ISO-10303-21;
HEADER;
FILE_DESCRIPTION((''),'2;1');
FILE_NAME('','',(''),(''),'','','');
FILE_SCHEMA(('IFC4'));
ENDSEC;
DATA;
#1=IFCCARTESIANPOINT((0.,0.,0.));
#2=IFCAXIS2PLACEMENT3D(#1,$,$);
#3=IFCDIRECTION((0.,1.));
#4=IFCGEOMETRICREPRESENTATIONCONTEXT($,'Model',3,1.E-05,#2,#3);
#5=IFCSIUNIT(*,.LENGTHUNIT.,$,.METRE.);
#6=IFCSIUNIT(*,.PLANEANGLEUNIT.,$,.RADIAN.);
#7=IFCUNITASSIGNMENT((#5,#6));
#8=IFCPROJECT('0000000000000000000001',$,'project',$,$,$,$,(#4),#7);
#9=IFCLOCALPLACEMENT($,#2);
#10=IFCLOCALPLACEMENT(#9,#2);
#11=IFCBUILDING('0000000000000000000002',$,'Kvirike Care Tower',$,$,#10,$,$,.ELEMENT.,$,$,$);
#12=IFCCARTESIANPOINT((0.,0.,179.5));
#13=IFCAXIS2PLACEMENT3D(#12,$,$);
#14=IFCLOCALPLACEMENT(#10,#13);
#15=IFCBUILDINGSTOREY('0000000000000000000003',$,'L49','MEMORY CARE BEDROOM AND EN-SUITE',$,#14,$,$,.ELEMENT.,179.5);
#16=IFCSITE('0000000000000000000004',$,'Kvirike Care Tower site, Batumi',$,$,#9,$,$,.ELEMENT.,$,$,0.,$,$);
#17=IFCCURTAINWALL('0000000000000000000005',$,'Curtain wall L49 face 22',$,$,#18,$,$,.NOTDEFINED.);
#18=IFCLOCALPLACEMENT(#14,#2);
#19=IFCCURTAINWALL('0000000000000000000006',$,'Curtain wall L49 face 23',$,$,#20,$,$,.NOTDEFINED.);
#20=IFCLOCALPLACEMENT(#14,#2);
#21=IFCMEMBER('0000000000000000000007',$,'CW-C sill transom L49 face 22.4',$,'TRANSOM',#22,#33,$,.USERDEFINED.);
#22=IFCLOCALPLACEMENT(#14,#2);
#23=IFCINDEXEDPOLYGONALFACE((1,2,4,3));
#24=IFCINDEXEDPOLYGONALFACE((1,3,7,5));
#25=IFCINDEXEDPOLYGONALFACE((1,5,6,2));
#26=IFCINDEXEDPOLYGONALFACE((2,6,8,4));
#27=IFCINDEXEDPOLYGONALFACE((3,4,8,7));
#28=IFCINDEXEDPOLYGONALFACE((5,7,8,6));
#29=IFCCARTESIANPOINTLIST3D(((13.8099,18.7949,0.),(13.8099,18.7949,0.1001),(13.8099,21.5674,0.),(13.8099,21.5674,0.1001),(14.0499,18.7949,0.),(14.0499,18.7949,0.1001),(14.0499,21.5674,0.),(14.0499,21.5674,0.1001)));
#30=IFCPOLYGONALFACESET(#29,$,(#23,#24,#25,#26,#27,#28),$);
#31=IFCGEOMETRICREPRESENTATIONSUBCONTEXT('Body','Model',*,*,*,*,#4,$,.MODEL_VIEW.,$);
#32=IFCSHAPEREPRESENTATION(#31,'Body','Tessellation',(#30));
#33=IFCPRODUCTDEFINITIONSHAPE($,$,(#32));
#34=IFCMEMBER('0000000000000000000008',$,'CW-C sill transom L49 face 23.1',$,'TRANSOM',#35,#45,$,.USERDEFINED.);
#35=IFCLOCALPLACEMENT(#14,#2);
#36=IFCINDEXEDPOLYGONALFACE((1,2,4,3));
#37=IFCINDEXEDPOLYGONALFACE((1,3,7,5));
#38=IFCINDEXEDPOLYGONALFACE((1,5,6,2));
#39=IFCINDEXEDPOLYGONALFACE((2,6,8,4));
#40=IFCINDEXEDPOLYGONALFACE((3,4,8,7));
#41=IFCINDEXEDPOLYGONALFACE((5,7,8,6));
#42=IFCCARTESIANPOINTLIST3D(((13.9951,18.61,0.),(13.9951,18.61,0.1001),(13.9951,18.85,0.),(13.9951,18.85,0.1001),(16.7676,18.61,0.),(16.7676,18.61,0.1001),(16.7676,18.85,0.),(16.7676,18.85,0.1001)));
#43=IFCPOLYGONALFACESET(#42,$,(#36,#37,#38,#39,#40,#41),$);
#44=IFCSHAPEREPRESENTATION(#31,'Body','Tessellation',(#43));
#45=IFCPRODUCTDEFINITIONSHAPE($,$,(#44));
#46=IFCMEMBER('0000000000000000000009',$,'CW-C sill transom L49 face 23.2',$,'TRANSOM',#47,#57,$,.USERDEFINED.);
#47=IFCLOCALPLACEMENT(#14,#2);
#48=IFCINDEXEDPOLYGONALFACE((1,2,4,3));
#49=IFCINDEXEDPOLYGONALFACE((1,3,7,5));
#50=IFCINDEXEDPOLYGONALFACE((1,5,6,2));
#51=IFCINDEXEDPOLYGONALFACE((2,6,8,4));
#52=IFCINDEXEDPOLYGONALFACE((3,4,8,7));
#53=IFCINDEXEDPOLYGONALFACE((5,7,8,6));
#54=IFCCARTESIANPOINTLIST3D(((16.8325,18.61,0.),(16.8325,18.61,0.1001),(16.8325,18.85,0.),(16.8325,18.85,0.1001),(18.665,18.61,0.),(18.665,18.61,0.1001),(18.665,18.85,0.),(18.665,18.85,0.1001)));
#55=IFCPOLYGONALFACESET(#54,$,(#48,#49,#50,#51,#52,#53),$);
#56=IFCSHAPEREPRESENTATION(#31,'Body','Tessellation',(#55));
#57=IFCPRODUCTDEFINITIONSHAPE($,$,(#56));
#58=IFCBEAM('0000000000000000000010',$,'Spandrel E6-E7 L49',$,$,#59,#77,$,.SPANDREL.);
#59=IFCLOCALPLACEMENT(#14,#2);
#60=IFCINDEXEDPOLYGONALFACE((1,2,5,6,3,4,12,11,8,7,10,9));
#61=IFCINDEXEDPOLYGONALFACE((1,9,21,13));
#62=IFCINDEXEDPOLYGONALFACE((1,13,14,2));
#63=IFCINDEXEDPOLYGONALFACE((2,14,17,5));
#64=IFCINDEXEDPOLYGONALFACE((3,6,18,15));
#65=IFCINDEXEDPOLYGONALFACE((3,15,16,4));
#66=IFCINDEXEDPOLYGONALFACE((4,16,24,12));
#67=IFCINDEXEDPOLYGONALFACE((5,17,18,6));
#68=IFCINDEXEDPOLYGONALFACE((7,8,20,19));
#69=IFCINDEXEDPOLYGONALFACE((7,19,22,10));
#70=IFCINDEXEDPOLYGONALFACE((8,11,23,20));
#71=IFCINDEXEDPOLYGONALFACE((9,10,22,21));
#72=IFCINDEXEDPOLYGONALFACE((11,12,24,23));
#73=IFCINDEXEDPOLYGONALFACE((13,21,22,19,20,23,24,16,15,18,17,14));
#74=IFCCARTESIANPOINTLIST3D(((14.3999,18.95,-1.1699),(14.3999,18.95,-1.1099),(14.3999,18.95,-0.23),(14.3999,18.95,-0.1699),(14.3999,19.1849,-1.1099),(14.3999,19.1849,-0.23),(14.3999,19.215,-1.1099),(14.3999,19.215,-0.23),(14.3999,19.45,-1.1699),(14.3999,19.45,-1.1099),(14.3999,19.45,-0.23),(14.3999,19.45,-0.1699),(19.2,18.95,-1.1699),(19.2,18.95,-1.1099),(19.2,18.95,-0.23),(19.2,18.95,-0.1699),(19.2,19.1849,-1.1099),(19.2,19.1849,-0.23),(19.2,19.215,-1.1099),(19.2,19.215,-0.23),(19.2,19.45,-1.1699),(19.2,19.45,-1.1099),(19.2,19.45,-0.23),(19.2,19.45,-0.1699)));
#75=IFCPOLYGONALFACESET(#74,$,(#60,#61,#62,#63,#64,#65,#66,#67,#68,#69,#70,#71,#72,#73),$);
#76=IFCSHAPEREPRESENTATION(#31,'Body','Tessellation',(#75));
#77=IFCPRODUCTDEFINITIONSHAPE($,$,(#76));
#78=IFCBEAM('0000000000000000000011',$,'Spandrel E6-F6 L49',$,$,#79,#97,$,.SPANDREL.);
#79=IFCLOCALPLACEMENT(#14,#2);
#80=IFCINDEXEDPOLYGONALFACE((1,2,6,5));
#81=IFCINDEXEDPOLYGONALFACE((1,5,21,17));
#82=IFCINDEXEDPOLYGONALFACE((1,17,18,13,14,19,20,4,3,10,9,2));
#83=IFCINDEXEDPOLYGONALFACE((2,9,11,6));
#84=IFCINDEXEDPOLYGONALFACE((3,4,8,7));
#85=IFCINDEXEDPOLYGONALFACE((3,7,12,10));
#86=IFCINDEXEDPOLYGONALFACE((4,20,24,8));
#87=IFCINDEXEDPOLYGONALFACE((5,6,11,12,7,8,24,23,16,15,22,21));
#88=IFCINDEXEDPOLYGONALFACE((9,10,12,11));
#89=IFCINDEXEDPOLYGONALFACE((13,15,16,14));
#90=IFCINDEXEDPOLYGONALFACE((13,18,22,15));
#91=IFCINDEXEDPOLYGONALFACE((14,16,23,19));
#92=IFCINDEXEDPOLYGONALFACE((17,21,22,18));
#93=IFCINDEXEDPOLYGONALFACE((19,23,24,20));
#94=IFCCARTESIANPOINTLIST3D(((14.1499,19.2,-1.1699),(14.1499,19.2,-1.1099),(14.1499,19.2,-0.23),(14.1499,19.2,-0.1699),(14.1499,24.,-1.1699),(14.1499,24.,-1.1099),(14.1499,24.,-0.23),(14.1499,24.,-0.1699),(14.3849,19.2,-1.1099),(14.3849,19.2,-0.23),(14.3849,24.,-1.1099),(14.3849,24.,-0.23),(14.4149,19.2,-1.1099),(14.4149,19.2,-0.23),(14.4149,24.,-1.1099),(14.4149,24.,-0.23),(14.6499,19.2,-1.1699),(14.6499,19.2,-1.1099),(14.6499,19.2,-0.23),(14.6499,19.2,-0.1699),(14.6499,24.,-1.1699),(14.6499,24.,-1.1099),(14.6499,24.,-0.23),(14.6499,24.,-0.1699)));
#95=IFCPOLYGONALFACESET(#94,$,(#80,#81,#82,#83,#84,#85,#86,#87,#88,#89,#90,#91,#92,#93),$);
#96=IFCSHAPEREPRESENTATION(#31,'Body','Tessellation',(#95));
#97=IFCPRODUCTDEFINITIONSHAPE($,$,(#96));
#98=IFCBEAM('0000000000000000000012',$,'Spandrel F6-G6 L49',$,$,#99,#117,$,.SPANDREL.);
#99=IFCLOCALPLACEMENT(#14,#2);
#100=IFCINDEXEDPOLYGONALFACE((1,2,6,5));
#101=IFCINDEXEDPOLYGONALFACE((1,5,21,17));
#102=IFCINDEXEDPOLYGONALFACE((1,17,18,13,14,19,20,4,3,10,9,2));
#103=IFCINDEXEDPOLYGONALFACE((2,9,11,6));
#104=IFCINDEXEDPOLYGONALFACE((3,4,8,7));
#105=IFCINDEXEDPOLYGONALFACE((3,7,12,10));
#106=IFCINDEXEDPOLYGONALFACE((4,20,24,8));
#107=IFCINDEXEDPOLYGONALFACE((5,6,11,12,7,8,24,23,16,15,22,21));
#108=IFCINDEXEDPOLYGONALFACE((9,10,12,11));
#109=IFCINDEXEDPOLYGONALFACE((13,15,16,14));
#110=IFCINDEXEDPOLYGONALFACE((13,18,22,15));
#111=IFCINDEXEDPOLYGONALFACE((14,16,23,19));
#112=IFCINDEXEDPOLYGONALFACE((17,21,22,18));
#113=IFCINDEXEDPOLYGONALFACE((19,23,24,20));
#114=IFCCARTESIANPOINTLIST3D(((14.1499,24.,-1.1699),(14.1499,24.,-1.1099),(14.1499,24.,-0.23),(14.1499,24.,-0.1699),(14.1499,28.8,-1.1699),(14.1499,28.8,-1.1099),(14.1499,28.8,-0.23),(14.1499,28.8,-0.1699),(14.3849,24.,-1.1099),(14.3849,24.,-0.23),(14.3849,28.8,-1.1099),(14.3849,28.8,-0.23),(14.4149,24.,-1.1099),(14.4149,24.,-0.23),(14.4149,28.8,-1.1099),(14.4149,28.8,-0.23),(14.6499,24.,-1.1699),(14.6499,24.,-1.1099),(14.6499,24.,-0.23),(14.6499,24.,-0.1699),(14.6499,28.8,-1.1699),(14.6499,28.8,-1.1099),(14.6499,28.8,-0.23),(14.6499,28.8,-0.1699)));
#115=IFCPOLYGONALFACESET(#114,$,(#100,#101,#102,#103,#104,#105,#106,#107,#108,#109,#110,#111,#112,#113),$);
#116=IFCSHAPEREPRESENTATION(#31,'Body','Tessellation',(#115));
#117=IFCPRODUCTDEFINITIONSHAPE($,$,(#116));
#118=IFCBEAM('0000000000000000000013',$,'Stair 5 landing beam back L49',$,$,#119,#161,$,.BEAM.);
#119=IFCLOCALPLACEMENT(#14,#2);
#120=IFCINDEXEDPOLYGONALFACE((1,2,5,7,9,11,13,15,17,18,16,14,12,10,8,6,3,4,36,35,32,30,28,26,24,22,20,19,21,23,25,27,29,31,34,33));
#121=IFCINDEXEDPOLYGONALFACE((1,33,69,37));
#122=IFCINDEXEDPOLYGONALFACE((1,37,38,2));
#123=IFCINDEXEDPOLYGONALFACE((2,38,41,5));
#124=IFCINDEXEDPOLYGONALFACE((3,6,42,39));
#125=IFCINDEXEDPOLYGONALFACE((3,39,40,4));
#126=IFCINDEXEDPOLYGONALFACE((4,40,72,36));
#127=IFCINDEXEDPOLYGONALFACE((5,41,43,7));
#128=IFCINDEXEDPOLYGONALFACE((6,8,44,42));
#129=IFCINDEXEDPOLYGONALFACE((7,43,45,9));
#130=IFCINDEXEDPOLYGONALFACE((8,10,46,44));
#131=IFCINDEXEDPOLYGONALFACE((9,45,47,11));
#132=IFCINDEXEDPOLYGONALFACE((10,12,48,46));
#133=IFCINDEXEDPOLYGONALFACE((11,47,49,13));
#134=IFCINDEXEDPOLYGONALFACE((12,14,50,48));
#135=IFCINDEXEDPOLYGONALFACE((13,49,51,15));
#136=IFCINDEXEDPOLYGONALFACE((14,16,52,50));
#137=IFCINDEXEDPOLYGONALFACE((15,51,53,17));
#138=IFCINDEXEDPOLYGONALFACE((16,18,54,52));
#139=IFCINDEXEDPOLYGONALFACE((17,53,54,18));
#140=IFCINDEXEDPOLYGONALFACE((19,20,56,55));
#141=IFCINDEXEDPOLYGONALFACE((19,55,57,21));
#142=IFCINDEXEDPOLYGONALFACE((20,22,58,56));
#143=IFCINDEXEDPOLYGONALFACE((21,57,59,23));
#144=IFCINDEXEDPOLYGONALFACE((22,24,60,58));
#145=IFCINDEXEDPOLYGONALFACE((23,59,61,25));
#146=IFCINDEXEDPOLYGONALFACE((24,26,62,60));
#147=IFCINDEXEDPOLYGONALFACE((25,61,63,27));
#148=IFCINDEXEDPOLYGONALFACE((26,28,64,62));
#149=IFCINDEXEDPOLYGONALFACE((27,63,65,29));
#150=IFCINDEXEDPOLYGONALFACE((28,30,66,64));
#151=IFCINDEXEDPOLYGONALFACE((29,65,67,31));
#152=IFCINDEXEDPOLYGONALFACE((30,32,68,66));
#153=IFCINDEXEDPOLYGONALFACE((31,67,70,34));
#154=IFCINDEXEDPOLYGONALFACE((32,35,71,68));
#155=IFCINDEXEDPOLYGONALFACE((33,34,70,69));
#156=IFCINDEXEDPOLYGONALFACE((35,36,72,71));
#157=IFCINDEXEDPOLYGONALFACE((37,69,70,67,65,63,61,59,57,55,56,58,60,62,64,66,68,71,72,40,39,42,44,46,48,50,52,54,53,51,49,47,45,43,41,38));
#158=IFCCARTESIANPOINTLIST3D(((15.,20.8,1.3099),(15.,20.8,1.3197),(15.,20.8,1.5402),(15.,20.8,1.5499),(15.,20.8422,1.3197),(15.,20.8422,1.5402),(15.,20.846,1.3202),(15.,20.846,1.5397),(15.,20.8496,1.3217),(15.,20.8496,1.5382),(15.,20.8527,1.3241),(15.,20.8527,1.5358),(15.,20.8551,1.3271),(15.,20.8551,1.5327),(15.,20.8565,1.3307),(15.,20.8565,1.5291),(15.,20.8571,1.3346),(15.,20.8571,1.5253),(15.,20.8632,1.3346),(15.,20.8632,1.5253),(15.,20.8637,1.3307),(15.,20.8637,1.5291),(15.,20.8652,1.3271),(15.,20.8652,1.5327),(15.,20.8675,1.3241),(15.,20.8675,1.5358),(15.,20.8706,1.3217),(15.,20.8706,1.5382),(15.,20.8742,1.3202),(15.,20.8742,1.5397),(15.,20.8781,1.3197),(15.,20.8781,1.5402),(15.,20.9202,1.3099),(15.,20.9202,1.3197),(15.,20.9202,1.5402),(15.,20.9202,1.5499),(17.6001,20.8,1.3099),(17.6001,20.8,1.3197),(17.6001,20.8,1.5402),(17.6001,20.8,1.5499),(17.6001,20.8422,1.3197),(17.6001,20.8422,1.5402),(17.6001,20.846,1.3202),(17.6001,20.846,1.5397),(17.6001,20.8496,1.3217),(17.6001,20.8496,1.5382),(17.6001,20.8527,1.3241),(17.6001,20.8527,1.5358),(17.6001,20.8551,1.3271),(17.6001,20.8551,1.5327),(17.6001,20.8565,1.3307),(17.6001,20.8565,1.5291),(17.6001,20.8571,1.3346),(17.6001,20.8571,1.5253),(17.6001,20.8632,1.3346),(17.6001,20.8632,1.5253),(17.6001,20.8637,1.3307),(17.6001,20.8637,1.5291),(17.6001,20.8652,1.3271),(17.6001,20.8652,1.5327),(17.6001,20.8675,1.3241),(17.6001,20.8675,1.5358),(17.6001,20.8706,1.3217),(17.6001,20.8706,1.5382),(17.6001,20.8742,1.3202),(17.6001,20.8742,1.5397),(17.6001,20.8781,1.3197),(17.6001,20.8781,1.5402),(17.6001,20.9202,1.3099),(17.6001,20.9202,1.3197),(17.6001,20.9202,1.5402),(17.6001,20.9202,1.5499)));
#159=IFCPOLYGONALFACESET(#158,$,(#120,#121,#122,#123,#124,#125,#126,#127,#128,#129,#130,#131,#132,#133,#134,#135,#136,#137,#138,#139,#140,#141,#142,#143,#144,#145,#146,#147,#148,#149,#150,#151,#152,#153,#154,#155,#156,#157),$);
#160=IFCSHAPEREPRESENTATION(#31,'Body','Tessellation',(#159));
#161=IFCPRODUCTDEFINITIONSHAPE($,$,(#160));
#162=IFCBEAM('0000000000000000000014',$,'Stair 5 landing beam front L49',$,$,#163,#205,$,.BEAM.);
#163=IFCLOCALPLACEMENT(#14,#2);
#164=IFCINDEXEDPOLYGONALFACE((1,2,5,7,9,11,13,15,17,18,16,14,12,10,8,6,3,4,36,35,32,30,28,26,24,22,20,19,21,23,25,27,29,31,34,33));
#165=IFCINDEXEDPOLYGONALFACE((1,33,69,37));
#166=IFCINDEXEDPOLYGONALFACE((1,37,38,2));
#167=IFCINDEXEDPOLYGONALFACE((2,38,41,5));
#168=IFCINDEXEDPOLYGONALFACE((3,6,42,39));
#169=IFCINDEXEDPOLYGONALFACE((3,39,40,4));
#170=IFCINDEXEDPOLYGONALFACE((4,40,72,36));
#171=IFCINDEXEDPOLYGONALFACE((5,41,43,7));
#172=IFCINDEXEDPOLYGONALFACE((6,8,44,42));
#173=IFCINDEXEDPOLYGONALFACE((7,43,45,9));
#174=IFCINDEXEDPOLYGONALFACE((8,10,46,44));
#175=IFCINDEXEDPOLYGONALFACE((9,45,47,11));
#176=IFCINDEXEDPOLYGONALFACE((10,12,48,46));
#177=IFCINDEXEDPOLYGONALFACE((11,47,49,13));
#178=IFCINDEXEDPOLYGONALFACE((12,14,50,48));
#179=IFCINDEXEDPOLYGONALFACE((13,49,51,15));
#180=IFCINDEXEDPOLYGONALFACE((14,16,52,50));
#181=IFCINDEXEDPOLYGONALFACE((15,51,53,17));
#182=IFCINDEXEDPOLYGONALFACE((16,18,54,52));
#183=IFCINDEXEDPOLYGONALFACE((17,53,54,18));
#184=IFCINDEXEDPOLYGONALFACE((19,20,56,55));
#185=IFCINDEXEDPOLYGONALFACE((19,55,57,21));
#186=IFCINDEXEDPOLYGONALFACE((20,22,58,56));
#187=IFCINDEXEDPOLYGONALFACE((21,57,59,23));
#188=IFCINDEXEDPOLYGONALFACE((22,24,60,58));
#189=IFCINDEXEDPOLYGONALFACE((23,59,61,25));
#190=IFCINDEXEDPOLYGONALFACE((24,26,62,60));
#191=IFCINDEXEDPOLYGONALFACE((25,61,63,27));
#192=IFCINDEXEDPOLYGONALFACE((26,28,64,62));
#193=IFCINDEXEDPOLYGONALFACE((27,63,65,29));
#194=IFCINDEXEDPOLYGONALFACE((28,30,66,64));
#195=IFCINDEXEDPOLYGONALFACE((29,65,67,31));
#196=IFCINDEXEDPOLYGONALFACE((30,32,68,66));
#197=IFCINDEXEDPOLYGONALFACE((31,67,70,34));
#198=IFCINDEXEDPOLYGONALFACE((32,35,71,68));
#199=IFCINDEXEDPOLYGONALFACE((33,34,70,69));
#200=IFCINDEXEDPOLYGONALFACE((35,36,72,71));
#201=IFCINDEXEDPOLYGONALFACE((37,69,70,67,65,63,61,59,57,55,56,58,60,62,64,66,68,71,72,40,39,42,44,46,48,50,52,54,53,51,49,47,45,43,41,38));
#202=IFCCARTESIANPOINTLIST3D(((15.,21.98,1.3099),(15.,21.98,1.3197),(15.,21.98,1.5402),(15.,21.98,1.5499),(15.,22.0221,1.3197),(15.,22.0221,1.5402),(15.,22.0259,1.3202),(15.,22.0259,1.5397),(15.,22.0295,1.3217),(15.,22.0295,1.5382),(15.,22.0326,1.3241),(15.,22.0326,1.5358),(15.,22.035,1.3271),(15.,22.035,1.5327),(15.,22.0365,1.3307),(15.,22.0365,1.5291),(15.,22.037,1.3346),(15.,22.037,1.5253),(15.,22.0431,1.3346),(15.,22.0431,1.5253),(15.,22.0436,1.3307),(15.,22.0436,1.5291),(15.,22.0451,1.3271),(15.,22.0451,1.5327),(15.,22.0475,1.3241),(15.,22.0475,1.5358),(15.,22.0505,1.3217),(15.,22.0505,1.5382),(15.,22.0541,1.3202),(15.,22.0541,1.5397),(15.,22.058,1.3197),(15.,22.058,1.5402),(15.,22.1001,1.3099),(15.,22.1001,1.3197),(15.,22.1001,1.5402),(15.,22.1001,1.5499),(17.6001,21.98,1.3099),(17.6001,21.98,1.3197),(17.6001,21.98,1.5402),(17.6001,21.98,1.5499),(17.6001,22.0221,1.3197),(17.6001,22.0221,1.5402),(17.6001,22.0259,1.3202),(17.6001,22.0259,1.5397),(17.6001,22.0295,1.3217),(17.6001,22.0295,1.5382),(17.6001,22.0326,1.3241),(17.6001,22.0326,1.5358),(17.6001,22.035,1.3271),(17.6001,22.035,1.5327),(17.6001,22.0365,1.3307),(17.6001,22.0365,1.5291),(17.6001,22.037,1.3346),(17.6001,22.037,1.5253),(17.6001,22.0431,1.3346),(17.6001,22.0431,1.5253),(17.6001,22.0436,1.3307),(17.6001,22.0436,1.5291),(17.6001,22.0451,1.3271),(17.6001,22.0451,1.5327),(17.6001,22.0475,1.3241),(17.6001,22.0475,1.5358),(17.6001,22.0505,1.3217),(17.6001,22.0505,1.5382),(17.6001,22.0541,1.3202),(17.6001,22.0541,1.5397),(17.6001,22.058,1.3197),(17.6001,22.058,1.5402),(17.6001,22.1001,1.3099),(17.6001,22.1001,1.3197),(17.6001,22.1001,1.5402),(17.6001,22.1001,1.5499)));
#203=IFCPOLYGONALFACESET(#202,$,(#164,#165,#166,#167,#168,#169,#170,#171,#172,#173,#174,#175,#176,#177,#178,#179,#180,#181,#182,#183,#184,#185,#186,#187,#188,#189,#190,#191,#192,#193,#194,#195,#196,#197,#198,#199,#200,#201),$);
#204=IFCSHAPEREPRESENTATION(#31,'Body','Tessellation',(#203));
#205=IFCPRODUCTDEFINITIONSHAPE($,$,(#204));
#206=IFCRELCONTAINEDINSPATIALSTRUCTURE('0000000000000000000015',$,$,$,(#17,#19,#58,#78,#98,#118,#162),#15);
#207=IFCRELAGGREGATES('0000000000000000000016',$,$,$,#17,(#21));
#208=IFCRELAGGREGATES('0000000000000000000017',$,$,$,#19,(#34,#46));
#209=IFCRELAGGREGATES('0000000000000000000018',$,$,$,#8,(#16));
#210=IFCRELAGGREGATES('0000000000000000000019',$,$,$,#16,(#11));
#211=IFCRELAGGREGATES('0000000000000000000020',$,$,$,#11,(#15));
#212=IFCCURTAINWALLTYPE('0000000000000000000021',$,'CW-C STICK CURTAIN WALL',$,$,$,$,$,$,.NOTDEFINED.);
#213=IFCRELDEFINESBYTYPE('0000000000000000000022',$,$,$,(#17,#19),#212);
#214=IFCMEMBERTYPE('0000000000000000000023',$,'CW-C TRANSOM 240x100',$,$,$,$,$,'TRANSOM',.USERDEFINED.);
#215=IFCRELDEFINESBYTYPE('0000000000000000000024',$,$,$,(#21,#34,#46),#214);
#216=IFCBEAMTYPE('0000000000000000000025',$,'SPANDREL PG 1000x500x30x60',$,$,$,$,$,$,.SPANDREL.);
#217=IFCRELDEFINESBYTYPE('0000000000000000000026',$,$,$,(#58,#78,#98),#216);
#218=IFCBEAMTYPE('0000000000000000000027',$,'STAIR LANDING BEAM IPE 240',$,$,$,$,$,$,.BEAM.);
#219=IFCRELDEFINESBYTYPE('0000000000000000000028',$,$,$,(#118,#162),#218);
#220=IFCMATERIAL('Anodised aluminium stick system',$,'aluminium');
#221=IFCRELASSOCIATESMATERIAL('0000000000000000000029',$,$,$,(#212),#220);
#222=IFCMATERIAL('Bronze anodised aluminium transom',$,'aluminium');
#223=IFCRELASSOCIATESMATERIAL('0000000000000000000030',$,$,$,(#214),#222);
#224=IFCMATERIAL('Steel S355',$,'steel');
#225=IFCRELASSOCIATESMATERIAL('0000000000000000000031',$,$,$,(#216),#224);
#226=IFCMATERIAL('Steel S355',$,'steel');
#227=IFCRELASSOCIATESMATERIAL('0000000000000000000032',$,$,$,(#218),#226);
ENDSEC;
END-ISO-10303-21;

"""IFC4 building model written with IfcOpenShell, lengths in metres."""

from ifc_helpers import new_model, si_unit, direction, frame, origin, origin_2d, place, context, subcontext, project, spatial, rectangle, i_section, extrude, material, material_profile, profile_set, type_object, element, aggregate, save


model = new_model("IFC4")

# Units and contexts
model_context = context("Model", 3, precision=1e-05, world=origin(), true_north=direction((0.0, 1.0)))
body_context = subcontext(model_context, "Body", "Model", "MODEL_VIEW")
ifc_project = project(units=[si_unit("LENGTHUNIT", "METRE"), si_unit("PLANEANGLEUNIT", "RADIAN")], contexts=[model_context])

# Site, building, storey
site_placement = place(None, origin())
site = spatial("IfcSite", under=ifc_project, at=site_placement, Name="Kvirike Care Tower site, Batumi", CompositionType="ELEMENT", RefElevation=0.0)
building_placement = place(site_placement, origin())
building = spatial("IfcBuilding", under=site, at=building_placement, Name="Kvirike Care Tower", CompositionType="ELEMENT")
storey_placement = place(building_placement, frame((0.0, 0.0, 179.5)))
storey = spatial("IfcBuildingStorey", under=building, at=storey_placement, Name="L49", Description="MEMORY CARE BEDROOM AND EN-SUITE", CompositionType="ELEMENT", Elevation=179.5)

# Curtain walls
ifc_material_1 = material(Name="Anodised aluminium stick system", Category="aluminium")
curtain_wall_type = type_object("IfcCurtainWallType", Name="CW-C STICK CURTAIN WALL", PredefinedType="NOTDEFINED", material=ifc_material_1)
curtain_wall_1_placement = place(storey_placement, origin())
curtain_wall_1 = element("IfcCurtainWall", 1, at=curtain_wall_1_placement, inside=storey, type_object=curtain_wall_type, Name="Curtain wall L49 face 22", PredefinedType="NOTDEFINED")
curtain_wall_2_placement = place(storey_placement, origin())
curtain_wall_2 = element("IfcCurtainWall", 2, at=curtain_wall_2_placement, inside=storey, type_object=curtain_wall_type, Name="Curtain wall L49 face 23", PredefinedType="NOTDEFINED")

# Members
ifc_material_2 = material(Name="Bronze anodised aluminium transom", Category="aluminium")
ifc_material_profile_1 = material_profile(ifc_material_2, rectangle(XDim=0.24, YDim=0.1001, at=origin_2d()), Name="CW-C TRANSOM 240x100")
ifc_profile_set_1 = profile_set([ifc_material_profile_1], Name="Bronze anodised aluminium transom")
member_type_1 = type_object("IfcMemberType", Name="CW-C TRANSOM 240x100", ElementType="TRANSOM", PredefinedType="USERDEFINED", material=ifc_profile_set_1)
member_1_placement = place(storey_placement, frame((13.9299, 21.5674, 0.05), z_axis=(0.0, -1.0, 0.0), x_axis=(1.0, 0.0, 0.0)))
member_1 = element("IfcMember", 3, at=member_1_placement, type_object=member_type_1, Name="CW-C sill transom L49 face 22.4", ObjectType="TRANSOM", PredefinedType="USERDEFINED", context=body_context, shape_type="SweptSolid", body=[
    extrude(rectangle(XDim=0.24, YDim=0.1001, at=origin_2d()), origin(), (0.0, 0.0, 1.0), 2.7725),
])
member_2_placement = place(storey_placement, frame((13.9951, 18.73, 0.05), z_axis=(1.0, 0.0, 0.0), x_axis=(0.0, 1.0, 0.0)))
member_2 = element("IfcMember", 4, at=member_2_placement, type_object=member_type_1, Name="CW-C sill transom L49 face 23.1", ObjectType="TRANSOM", PredefinedType="USERDEFINED", context=body_context, shape_type="SweptSolid", body=[
    extrude(rectangle(XDim=0.24, YDim=0.1001, at=origin_2d()), origin(), (0.0, 0.0, 1.0), 2.7725),
])
member_3_placement = place(storey_placement, frame((16.8325, 18.73, 0.05), z_axis=(1.0, 0.0, 0.0), x_axis=(0.0, 1.0, 0.0)))
member_3 = element("IfcMember", 5, at=member_3_placement, type_object=member_type_1, Name="CW-C sill transom L49 face 23.2", ObjectType="TRANSOM", PredefinedType="USERDEFINED", context=body_context, shape_type="SweptSolid", body=[
    extrude(rectangle(XDim=0.24, YDim=0.1001, at=origin_2d()), origin(), (0.0, 0.0, 1.0), 1.8325),
])

# Beams
ifc_material_3 = material(Name="Steel S355", Category="steel")
ifc_material_profile_2 = material_profile(ifc_material_3, i_section(OverallWidth=0.5, OverallDepth=1.0, WebThickness=0.03, FlangeThickness=0.0601, at=origin_2d()), Name="PG 1000x500x30x60")
ifc_profile_set_2 = profile_set([ifc_material_profile_2], Name="Steel S355")
beam_type_1 = type_object("IfcBeamType", Name="SPANDREL PG 1000x500x30x60", PredefinedType="SPANDREL", material=ifc_profile_set_2)
for number, where, z_axis, x_axis, name in (
    (6, (14.3999, 19.2, -0.6699), (1.0, 0.0, 0.0), (0.0, 1.0, 0.0), "Spandrel E6-E7 L49"),
    (7, (14.3999, 19.2, -0.6699), (0.0, 1.0, 0.0), (-1.0, 0.0, 0.0), "Spandrel E6-F6 L49"),
    (8, (14.3999, 24.0, -0.6699), (0.0, 1.0, 0.0), (-1.0, 0.0, 0.0), "Spandrel F6-G6 L49"),
):
    element("IfcBeam", number, at=place(storey_placement, frame(where, z_axis=z_axis, x_axis=x_axis)), inside=storey, type_object=beam_type_1, Name=name, PredefinedType="SPANDREL", context=body_context, shape_type="SweptSolid", body=[
        extrude(i_section(OverallWidth=0.5, OverallDepth=1.0, WebThickness=0.03, FlangeThickness=0.0601, at=origin_2d()), origin(), (0.0, 0.0, 1.0), 4.8),
    ])
ifc_material_4 = material(Name="Steel S355", Category="steel")
ifc_material_profile_3 = material_profile(ifc_material_4, i_section(OverallWidth=0.1201, OverallDepth=0.24, WebThickness=0.0061, FlangeThickness=0.0098, FilletRadius=0.0149, at=origin_2d()), Name="IPE 240")
ifc_profile_set_3 = profile_set([ifc_material_profile_3], Name="Steel S355")
beam_type_2 = type_object("IfcBeamType", Name="STAIR LANDING BEAM IPE 240", PredefinedType="BEAM", material=ifc_profile_set_3)
for number, where, z_axis, x_axis, name in (
    (9, (15.0, 20.8601, 1.4299), (1.0, 0.0, 0.0), (0.0, 1.0, 0.0), "Stair 5 landing beam back L49"),
    (10, (15.0, 22.04, 1.4299), (1.0, 0.0, 0.0), (0.0, 1.0, 0.0), "Stair 5 landing beam front L49"),
):
    element("IfcBeam", number, at=place(storey_placement, frame(where, z_axis=z_axis, x_axis=x_axis)), inside=storey, type_object=beam_type_2, Name=name, PredefinedType="BEAM", context=body_context, shape_type="SweptSolid", body=[
        extrude(i_section(OverallWidth=0.1201, OverallDepth=0.24, WebThickness=0.0061, FlangeThickness=0.0098, FilletRadius=0.0149, at=origin_2d()), origin(), (0.0, 0.0, 1.0), 2.6001),
    ])

aggregate(curtain_wall_1, [member_1])
aggregate(curtain_wall_2, [member_2, member_3])

save(model, "model.ifc")
